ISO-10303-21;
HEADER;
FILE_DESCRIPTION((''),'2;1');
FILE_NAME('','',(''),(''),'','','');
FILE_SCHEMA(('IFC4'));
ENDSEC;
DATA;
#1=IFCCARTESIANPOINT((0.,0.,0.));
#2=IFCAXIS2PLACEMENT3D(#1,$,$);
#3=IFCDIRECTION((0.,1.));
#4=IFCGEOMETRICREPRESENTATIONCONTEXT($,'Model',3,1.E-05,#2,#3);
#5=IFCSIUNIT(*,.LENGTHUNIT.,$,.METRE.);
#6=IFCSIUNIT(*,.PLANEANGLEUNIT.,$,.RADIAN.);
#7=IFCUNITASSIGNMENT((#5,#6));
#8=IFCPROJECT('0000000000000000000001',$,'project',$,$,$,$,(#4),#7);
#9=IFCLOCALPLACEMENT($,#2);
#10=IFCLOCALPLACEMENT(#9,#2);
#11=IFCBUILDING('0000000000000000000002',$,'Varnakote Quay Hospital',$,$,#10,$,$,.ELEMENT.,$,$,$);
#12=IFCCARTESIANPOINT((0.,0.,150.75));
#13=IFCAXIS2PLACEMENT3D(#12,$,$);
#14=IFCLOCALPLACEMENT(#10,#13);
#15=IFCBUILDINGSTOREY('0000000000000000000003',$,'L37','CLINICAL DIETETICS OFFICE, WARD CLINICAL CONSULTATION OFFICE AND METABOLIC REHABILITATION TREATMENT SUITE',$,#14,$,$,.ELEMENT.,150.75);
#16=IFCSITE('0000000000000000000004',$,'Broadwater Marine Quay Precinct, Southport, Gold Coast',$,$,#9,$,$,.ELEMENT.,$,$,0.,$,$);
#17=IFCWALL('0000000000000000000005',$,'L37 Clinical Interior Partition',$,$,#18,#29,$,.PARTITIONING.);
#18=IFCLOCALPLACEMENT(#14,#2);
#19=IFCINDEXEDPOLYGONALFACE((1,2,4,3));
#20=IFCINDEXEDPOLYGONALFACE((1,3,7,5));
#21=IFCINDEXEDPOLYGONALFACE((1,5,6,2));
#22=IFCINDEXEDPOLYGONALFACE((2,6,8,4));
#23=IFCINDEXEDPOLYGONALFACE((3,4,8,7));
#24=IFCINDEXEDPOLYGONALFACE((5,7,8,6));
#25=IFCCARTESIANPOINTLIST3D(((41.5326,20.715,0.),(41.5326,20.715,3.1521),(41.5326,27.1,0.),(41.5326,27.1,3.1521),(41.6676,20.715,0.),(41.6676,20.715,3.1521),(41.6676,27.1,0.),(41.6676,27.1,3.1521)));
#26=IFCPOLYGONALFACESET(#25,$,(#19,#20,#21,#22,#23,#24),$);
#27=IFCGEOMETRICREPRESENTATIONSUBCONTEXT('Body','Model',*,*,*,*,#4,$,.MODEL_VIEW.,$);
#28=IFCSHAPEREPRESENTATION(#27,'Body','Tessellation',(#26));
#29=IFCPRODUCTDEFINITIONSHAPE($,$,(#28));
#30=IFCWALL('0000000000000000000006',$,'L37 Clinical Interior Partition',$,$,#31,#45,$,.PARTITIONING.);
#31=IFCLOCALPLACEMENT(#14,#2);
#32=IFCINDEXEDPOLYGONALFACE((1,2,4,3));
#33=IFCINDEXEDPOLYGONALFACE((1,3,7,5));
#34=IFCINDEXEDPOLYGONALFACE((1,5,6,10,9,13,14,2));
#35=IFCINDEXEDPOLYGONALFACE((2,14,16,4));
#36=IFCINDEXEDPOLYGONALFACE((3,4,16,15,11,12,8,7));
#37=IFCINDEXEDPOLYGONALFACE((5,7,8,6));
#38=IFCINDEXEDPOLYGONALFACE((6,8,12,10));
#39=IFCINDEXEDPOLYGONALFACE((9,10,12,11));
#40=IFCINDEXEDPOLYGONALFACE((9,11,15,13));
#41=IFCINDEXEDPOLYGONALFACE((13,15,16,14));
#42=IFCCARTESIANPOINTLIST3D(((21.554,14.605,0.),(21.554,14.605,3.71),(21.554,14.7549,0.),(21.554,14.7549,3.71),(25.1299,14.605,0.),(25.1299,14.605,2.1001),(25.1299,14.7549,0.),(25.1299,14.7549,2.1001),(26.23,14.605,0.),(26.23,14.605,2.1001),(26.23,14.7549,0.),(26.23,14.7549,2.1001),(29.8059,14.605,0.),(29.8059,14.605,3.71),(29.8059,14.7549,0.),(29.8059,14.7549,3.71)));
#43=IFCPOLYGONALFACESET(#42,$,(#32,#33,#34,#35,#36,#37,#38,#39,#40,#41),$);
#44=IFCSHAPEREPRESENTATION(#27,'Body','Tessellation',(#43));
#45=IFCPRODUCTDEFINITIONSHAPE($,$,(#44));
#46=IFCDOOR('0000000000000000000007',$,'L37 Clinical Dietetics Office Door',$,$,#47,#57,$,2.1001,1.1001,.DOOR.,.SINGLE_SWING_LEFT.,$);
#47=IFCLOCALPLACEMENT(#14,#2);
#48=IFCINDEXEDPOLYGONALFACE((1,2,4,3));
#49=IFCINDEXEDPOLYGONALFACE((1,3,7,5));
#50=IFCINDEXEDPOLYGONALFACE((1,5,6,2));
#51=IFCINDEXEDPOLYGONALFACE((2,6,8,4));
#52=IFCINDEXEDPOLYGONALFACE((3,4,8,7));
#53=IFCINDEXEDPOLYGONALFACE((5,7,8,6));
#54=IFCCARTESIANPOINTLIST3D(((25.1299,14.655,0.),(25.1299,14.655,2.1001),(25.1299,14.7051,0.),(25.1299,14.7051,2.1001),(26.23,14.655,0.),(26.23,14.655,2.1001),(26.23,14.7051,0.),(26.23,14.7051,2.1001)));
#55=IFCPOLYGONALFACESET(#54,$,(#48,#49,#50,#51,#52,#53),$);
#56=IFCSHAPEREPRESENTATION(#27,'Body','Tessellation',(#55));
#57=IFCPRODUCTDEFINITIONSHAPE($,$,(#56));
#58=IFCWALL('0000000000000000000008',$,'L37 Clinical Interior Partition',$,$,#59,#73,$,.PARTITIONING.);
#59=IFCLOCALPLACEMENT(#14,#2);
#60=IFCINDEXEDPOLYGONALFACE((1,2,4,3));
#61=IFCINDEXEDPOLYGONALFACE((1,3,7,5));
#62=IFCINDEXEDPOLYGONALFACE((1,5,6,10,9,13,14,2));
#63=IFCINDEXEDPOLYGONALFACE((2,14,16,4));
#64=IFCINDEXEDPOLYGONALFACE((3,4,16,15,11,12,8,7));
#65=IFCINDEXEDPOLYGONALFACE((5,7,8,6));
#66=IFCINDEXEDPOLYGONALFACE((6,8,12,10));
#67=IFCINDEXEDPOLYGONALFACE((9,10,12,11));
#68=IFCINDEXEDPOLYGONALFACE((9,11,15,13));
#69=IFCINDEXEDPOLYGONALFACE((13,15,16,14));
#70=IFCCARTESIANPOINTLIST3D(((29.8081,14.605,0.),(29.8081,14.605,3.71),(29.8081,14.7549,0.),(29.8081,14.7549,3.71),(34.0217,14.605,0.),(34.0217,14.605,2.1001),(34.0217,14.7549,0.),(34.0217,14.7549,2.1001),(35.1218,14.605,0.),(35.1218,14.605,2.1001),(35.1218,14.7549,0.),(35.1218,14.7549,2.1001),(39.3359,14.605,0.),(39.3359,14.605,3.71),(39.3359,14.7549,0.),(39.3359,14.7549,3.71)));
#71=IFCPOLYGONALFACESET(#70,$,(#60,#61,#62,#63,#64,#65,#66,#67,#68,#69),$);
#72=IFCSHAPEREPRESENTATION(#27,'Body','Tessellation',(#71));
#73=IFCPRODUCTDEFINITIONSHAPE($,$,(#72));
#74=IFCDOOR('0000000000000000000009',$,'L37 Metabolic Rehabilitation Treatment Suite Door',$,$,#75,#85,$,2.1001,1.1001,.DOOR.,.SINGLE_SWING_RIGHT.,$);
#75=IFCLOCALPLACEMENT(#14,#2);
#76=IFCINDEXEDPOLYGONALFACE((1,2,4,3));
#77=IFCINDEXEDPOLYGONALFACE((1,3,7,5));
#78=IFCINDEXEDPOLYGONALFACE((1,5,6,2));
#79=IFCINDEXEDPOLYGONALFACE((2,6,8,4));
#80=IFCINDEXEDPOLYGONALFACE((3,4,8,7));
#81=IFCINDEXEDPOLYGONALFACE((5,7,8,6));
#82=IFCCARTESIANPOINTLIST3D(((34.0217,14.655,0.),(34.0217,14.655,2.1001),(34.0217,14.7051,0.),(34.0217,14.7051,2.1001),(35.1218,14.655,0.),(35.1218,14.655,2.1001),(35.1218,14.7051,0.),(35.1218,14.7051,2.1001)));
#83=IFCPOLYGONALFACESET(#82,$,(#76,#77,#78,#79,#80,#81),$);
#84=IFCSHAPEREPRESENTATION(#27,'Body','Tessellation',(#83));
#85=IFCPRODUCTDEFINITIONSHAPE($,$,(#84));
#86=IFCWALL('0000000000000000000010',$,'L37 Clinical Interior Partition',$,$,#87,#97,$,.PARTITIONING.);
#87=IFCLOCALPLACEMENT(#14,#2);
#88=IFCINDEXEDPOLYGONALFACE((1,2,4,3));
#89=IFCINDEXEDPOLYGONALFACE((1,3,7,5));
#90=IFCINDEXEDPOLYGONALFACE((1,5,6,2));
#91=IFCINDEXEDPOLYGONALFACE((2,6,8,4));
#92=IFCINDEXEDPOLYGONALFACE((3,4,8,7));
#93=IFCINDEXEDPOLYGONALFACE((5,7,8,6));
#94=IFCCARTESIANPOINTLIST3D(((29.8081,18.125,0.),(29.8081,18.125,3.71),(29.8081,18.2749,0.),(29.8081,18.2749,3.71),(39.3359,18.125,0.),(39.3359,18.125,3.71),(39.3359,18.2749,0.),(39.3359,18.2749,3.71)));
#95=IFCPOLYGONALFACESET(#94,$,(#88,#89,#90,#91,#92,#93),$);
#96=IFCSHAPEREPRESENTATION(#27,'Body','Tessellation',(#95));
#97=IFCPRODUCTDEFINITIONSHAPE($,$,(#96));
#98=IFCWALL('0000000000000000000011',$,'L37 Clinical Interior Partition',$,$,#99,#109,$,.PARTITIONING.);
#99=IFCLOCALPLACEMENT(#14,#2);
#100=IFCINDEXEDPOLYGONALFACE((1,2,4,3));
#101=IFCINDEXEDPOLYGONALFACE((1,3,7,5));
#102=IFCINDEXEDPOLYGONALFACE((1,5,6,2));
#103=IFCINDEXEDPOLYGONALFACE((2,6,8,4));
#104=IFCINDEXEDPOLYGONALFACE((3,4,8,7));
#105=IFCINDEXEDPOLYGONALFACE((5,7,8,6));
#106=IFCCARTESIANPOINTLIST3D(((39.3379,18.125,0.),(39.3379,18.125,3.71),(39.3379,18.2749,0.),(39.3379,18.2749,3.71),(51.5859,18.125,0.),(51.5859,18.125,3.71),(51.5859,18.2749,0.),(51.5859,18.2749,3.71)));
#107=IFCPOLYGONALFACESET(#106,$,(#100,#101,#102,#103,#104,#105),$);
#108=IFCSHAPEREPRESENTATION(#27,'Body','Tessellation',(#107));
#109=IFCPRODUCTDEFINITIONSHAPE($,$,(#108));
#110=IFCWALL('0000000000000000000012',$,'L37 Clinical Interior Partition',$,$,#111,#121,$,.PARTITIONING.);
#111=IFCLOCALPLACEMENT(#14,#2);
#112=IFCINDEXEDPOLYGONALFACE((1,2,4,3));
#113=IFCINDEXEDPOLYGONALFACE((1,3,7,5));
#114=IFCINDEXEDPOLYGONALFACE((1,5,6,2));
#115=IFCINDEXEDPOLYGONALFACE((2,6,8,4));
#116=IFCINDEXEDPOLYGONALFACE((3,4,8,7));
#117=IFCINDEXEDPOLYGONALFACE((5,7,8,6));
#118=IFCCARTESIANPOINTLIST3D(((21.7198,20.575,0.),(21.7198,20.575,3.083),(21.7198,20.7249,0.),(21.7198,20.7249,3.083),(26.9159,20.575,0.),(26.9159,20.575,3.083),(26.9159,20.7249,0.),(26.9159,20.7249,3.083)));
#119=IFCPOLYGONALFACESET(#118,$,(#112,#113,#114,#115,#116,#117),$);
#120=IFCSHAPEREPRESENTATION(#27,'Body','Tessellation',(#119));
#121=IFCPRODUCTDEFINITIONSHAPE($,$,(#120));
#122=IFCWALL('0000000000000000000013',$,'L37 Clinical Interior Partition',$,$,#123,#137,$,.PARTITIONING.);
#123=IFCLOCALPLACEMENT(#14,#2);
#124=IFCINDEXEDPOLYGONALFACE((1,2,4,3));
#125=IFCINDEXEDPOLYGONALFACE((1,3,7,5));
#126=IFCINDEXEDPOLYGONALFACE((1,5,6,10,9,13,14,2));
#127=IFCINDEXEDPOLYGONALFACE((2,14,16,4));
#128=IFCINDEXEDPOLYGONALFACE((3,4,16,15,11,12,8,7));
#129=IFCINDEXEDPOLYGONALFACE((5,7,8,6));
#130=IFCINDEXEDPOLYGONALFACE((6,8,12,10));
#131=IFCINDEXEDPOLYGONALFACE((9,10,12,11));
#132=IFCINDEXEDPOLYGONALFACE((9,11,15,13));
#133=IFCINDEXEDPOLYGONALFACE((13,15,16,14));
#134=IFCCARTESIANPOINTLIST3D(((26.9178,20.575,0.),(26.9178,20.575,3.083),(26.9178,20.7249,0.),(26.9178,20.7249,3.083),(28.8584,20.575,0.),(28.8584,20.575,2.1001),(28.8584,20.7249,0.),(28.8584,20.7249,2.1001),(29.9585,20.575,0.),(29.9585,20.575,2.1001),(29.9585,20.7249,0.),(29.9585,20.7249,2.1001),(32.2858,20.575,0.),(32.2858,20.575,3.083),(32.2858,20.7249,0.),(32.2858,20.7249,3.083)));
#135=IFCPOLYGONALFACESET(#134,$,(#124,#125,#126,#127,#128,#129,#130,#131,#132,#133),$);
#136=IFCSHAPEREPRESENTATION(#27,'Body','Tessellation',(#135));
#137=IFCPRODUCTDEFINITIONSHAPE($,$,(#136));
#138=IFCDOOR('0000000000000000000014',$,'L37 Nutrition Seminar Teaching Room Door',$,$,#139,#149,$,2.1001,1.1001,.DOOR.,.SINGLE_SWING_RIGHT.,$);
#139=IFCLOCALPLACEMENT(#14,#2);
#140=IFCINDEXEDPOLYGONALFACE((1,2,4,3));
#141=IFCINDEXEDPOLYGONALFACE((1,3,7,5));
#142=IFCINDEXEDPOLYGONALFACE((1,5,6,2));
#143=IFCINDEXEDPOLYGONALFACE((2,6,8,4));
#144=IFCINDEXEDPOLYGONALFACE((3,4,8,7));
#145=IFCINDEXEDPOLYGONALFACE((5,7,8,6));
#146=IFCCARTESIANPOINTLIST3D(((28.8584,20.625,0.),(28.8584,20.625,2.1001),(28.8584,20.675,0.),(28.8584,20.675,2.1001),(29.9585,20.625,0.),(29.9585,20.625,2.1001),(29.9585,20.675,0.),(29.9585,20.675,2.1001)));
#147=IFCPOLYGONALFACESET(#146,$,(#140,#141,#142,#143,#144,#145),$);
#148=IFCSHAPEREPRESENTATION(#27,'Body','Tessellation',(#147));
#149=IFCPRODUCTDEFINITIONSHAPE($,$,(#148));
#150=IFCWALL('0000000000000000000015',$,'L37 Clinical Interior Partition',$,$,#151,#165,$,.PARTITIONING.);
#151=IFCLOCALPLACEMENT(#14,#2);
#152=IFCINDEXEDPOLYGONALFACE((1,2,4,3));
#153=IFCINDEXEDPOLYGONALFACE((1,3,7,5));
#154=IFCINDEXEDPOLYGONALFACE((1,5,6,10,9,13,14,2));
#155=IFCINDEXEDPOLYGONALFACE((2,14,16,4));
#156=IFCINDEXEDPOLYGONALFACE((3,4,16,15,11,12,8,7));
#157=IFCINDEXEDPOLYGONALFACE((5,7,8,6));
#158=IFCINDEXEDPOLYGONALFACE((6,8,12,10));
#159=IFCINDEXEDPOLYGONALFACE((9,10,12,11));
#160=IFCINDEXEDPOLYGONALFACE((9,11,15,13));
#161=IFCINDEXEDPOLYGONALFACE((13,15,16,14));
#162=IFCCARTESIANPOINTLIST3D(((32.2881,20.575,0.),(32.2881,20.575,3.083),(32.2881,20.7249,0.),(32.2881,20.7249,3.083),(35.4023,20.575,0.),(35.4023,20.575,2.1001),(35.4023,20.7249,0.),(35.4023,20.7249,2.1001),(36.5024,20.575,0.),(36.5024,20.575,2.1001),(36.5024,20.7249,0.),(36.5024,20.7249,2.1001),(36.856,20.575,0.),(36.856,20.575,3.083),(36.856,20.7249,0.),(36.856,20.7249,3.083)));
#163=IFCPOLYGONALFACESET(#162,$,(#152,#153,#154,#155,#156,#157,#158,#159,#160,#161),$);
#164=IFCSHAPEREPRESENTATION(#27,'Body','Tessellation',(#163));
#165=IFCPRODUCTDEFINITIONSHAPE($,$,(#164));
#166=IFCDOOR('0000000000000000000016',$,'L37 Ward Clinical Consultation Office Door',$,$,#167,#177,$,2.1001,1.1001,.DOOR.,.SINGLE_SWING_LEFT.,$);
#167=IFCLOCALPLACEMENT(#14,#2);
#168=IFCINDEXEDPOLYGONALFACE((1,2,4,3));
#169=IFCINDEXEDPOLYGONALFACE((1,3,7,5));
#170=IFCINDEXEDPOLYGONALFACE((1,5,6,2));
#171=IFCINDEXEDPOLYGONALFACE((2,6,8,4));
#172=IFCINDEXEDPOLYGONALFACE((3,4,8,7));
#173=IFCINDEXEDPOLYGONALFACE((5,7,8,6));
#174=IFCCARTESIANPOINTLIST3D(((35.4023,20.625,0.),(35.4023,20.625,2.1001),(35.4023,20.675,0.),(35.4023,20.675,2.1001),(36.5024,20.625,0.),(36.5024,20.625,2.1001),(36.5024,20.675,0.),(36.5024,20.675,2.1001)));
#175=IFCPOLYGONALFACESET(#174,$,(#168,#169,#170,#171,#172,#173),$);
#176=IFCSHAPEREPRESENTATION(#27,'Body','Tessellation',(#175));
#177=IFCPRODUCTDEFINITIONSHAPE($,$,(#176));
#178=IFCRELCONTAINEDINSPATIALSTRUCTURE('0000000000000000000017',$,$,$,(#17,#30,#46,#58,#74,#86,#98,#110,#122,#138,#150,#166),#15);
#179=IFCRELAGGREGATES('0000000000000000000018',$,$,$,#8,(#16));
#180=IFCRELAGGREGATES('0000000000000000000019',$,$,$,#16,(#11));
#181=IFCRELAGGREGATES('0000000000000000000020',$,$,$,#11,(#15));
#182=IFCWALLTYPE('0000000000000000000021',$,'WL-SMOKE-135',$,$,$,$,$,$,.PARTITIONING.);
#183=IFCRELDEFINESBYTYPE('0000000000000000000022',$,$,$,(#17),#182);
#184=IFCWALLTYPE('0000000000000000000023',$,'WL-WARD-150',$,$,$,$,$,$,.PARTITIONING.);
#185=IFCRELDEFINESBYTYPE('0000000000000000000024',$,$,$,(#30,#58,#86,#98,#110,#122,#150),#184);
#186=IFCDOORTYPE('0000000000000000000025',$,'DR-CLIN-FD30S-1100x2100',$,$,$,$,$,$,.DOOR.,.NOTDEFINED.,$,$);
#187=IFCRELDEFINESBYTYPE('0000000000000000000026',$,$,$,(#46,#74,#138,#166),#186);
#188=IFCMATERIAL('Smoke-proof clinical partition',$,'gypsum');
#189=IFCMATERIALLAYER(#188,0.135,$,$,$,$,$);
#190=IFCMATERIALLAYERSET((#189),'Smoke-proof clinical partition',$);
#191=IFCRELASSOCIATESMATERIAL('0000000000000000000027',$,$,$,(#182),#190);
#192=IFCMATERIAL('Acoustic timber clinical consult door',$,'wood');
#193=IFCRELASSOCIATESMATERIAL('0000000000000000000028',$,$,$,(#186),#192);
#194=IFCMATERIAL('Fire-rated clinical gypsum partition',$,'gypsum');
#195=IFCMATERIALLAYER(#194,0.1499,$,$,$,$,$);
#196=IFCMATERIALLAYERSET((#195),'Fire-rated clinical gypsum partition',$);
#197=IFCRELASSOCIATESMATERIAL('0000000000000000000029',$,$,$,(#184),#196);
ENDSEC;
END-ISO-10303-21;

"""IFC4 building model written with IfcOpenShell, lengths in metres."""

from ifc_helpers import new_model, si_unit, direction, frame, frame_2d, origin, place, context, subcontext, project, spatial, rectangle, extrude, material, layer, layer_set, type_object, element, fill, save


model = new_model("IFC4")

# Units and contexts
model_context = context("Model", 3, precision=1e-05, world=origin(), true_north=direction((0.0, 1.0)))
body_context = subcontext(model_context, "Body", "Model", "MODEL_VIEW")
ifc_project = project(units=[si_unit("LENGTHUNIT", "METRE"), si_unit("PLANEANGLEUNIT", "RADIAN")], contexts=[model_context])

# Site, building, storey
site_placement = place(None, origin())
site = spatial("IfcSite", under=ifc_project, at=site_placement, Name="Broadwater Marine Quay Precinct, Southport, Gold Coast", CompositionType="ELEMENT", RefElevation=0.0)
building_placement = place(site_placement, origin())
building = spatial("IfcBuilding", under=site, at=building_placement, Name="Varnakote Quay Hospital", CompositionType="ELEMENT")
storey_placement = place(building_placement, frame((0.0, 0.0, 150.75)))
storey = spatial("IfcBuildingStorey", under=building, at=storey_placement, Name="L37", Description="CLINICAL DIETETICS OFFICE, WARD CLINICAL CONSULTATION OFFICE AND METABOLIC REHABILITATION TREATMENT SUITE", CompositionType="ELEMENT", Elevation=150.75)

# Shared definitions
ifc_material_1 = material(Name="Smoke-proof clinical partition", Category="gypsum")
ifc_layer_1 = layer(ifc_material_1, 0.135)
ifc_layer_set_1 = layer_set([ifc_layer_1], Name="Smoke-proof clinical partition")
wall_type_1 = type_object("IfcWallType", Name="WL-SMOKE-135", PredefinedType="PARTITIONING", material=ifc_layer_set_1)

# Shared definitions
ifc_material_2 = material(Name="Acoustic timber clinical consult door", Category="wood")
door_type = type_object("IfcDoorType", Name="DR-CLIN-FD30S-1100x2100", OperationType="NOTDEFINED", PredefinedType="DOOR", material=ifc_material_2)

# Wall
wall_1_placement = place(storey_placement, frame((41.6001, 20.7151, 0.0), z_axis=(0.0, 0.0, 1.0), x_axis=(0.0, 1.0, 0.0)))
element("IfcWall", 1, at=wall_1_placement, inside=storey, type_object=wall_type_1, Name="L37 Clinical Interior Partition", PredefinedType="PARTITIONING", context=body_context, shape_type="SweptSolid", body=[
    extrude(rectangle(XDim=6.385, YDim=0.135, at=frame_2d((3.1924, 0.0))), origin(), (0.0, 0.0, 1.0), 3.1521),
])

# Walls, openings, doors
ifc_material_3 = material(Name="Fire-rated clinical gypsum partition", Category="gypsum")
ifc_layer_2 = layer(ifc_material_3, 0.1499)
ifc_layer_set_2 = layer_set([ifc_layer_2], Name="Fire-rated clinical gypsum partition")
wall_type_2 = type_object("IfcWallType", Name="WL-WARD-150", PredefinedType="PARTITIONING", material=ifc_layer_set_2)
wall_2_placement = place(storey_placement, frame((29.8059, 14.6799, 0.0), z_axis=(0.0, 0.0, 1.0), x_axis=(-1.0, 0.0, 0.0)))
wall_2 = element("IfcWall", 2, at=wall_2_placement, inside=storey, type_object=wall_type_2, Name="L37 Clinical Interior Partition", PredefinedType="PARTITIONING", context=body_context, shape_type="SweptSolid", body=[
    extrude(rectangle(XDim=8.252, YDim=0.1499, at=frame_2d((4.126, 0.0))), origin(), (0.0, 0.0, 1.0), 3.71),
])
opening_1_placement = place(wall_2_placement, frame((3.5759, 0.0, 0.0)))
opening_1 = element("IfcOpeningElement", 3, at=opening_1_placement, cuts=wall_2, PredefinedType="OPENING", context=body_context, shape_type="SweptSolid", body=[
    extrude(rectangle(XDim=1.1001, YDim=2.1001, at=frame_2d((0.55, 1.05))), frame((0.0, 0.085, 0.0), z_axis=(0.0, -1.0, 0.0), x_axis=(1.0, 0.0, 0.0)), (0.0, 0.0, 1.0), 0.1699),
])
door_1_placement = place(opening_1_placement, origin())
door_1 = element("IfcDoor", 4, at=door_1_placement, inside=storey, type_object=door_type, Name="L37 Clinical Dietetics Office Door", OperationType="SINGLE_SWING_LEFT", OverallHeight=2.1001, OverallWidth=1.1001, PredefinedType="DOOR", context=body_context, shape_type="SweptSolid", body=[
    extrude(rectangle(XDim=1.1001, YDim=2.1001, at=frame_2d((0.55, 1.05))), frame((0.0, 0.0249, 0.0), z_axis=(0.0, -1.0, 0.0), x_axis=(1.0, 0.0, 0.0)), (0.0, 0.0, 1.0), 0.05),
])
fill(opening_1, door_1)
wall_3_placement = place(storey_placement, frame((39.3359, 14.6799, 0.0), z_axis=(0.0, 0.0, 1.0), x_axis=(-1.0, 0.0, 0.0)))
wall_3 = element("IfcWall", 5, at=wall_3_placement, inside=storey, type_object=wall_type_2, Name="L37 Clinical Interior Partition", PredefinedType="PARTITIONING", context=body_context, shape_type="SweptSolid", body=[
    extrude(rectangle(XDim=9.5278, YDim=0.1499, at=frame_2d((4.7639, 0.0))), origin(), (0.0, 0.0, 1.0), 3.71),
])
opening_2_placement = place(wall_3_placement, frame((4.2141, 0.0, 0.0)))
opening_2 = element("IfcOpeningElement", 6, at=opening_2_placement, cuts=wall_3, PredefinedType="OPENING", context=body_context, shape_type="SweptSolid", body=[
    extrude(rectangle(XDim=1.1001, YDim=2.1001, at=frame_2d((0.55, 1.05))), frame((0.0, 0.085, 0.0), z_axis=(0.0, -1.0, 0.0), x_axis=(1.0, 0.0, 0.0)), (0.0, 0.0, 1.0), 0.1699),
])
door_2_placement = place(opening_2_placement, origin())
door_2 = element("IfcDoor", 7, at=door_2_placement, inside=storey, type_object=door_type, Name="L37 Metabolic Rehabilitation Treatment Suite Door", OperationType="SINGLE_SWING_RIGHT", OverallHeight=2.1001, OverallWidth=1.1001, PredefinedType="DOOR", context=body_context, shape_type="SweptSolid", body=[
    extrude(rectangle(XDim=1.1001, YDim=2.1001, at=frame_2d((0.55, 1.05))), frame((0.0, 0.0249, 0.0), z_axis=(0.0, -1.0, 0.0), x_axis=(1.0, 0.0, 0.0)), (0.0, 0.0, 1.0), 0.05),
])
fill(opening_2, door_2)

# Walls
wall_4_placement = place(storey_placement, frame((29.8081, 18.2, 0.0), z_axis=(0.0, 0.0, 1.0), x_axis=(1.0, 0.0, 0.0)))
element("IfcWall", 8, at=wall_4_placement, inside=storey, type_object=wall_type_2, Name="L37 Clinical Interior Partition", PredefinedType="PARTITIONING", context=body_context, shape_type="SweptSolid", body=[
    extrude(rectangle(XDim=9.5278, YDim=0.1499, at=frame_2d((4.7639, 0.0))), origin(), (0.0, 0.0, 1.0), 3.71),
])
wall_5_placement = place(storey_placement, frame((39.3379, 18.2, 0.0), z_axis=(0.0, 0.0, 1.0), x_axis=(1.0, 0.0, 0.0)))
element("IfcWall", 9, at=wall_5_placement, inside=storey, type_object=wall_type_2, Name="L37 Clinical Interior Partition", PredefinedType="PARTITIONING", context=body_context, shape_type="SweptSolid", body=[
    extrude(rectangle(XDim=12.248, YDim=0.1499, at=frame_2d((6.124, 0.0))), origin(), (0.0, 0.0, 1.0), 3.71),
])
wall_6_placement = place(storey_placement, frame((26.916, 20.6499, 0.0), z_axis=(0.0, 0.0, 1.0), x_axis=(-1.0, 0.0, 0.0)))
element("IfcWall", 10, at=wall_6_placement, inside=storey, type_object=wall_type_2, Name="L37 Clinical Interior Partition", PredefinedType="PARTITIONING", context=body_context, shape_type="SweptSolid", body=[
    extrude(rectangle(XDim=5.196, YDim=0.1499, at=frame_2d((2.5981, 0.0))), origin(), (0.0, 0.0, 1.0), 3.083),
])

# Walls, openings, doors
wall_7_placement = place(storey_placement, frame((32.2859, 20.6499, 0.0), z_axis=(0.0, 0.0, 1.0), x_axis=(-1.0, 0.0, 0.0)))
wall_7 = element("IfcWall", 11, at=wall_7_placement, inside=storey, type_object=wall_type_2, Name="L37 Clinical Interior Partition", PredefinedType="PARTITIONING", context=body_context, shape_type="SweptSolid", body=[
    extrude(rectangle(XDim=5.3679, YDim=0.1499, at=frame_2d((2.6841, 0.0))), origin(), (0.0, 0.0, 1.0), 3.083),
])
opening_3_placement = place(wall_7_placement, frame((2.3274, 0.0, 0.0)))
opening_3 = element("IfcOpeningElement", 12, at=opening_3_placement, cuts=wall_7, PredefinedType="OPENING", context=body_context, shape_type="SweptSolid", body=[
    extrude(rectangle(XDim=1.1001, YDim=2.1001, at=frame_2d((0.55, 1.05))), frame((0.0, 0.085, 0.0), z_axis=(0.0, -1.0, 0.0), x_axis=(1.0, 0.0, 0.0)), (0.0, 0.0, 1.0), 0.1699),
])
door_3_placement = place(opening_3_placement, origin())
door_3 = element("IfcDoor", 13, at=door_3_placement, inside=storey, type_object=door_type, Name="L37 Nutrition Seminar Teaching Room Door", OperationType="SINGLE_SWING_RIGHT", OverallHeight=2.1001, OverallWidth=1.1001, PredefinedType="DOOR", context=body_context, shape_type="SweptSolid", body=[
    extrude(rectangle(XDim=1.1001, YDim=2.1001, at=frame_2d((0.55, 1.05))), frame((0.0, 0.0249, 0.0), z_axis=(0.0, -1.0, 0.0), x_axis=(1.0, 0.0, 0.0)), (0.0, 0.0, 1.0), 0.05),
])
fill(opening_3, door_3)
wall_8_placement = place(storey_placement, frame((36.856, 20.6499, 0.0), z_axis=(0.0, 0.0, 1.0), x_axis=(-1.0, 0.0, 0.0)))
wall_8 = element("IfcWall", 14, at=wall_8_placement, inside=storey, type_object=wall_type_2, Name="L37 Clinical Interior Partition", PredefinedType="PARTITIONING", context=body_context, shape_type="SweptSolid", body=[
    extrude(rectangle(XDim=4.5679, YDim=0.1499, at=frame_2d((2.2839, 0.0))), origin(), (0.0, 0.0, 1.0), 3.083),
])
opening_4_placement = place(wall_8_placement, frame((0.3535, 0.0, 0.0)))
opening_4 = element("IfcOpeningElement", 15, at=opening_4_placement, cuts=wall_8, PredefinedType="OPENING", context=body_context, shape_type="SweptSolid", body=[
    extrude(rectangle(XDim=1.1001, YDim=2.1001, at=frame_2d((0.55, 1.05))), frame((0.0, 0.085, 0.0), z_axis=(0.0, -1.0, 0.0), x_axis=(1.0, 0.0, 0.0)), (0.0, 0.0, 1.0), 0.1699),
])
door_4_placement = place(opening_4_placement, origin())
door_4 = element("IfcDoor", 16, at=door_4_placement, inside=storey, type_object=door_type, Name="L37 Ward Clinical Consultation Office Door", OperationType="SINGLE_SWING_LEFT", OverallHeight=2.1001, OverallWidth=1.1001, PredefinedType="DOOR", context=body_context, shape_type="SweptSolid", body=[
    extrude(rectangle(XDim=1.1001, YDim=2.1001, at=frame_2d((0.55, 1.05))), frame((0.0, 0.0249, 0.0), z_axis=(0.0, -1.0, 0.0), x_axis=(1.0, 0.0, 0.0)), (0.0, 0.0, 1.0), 0.05),
])
fill(opening_4, door_4)

save(model, "model.ifc")
